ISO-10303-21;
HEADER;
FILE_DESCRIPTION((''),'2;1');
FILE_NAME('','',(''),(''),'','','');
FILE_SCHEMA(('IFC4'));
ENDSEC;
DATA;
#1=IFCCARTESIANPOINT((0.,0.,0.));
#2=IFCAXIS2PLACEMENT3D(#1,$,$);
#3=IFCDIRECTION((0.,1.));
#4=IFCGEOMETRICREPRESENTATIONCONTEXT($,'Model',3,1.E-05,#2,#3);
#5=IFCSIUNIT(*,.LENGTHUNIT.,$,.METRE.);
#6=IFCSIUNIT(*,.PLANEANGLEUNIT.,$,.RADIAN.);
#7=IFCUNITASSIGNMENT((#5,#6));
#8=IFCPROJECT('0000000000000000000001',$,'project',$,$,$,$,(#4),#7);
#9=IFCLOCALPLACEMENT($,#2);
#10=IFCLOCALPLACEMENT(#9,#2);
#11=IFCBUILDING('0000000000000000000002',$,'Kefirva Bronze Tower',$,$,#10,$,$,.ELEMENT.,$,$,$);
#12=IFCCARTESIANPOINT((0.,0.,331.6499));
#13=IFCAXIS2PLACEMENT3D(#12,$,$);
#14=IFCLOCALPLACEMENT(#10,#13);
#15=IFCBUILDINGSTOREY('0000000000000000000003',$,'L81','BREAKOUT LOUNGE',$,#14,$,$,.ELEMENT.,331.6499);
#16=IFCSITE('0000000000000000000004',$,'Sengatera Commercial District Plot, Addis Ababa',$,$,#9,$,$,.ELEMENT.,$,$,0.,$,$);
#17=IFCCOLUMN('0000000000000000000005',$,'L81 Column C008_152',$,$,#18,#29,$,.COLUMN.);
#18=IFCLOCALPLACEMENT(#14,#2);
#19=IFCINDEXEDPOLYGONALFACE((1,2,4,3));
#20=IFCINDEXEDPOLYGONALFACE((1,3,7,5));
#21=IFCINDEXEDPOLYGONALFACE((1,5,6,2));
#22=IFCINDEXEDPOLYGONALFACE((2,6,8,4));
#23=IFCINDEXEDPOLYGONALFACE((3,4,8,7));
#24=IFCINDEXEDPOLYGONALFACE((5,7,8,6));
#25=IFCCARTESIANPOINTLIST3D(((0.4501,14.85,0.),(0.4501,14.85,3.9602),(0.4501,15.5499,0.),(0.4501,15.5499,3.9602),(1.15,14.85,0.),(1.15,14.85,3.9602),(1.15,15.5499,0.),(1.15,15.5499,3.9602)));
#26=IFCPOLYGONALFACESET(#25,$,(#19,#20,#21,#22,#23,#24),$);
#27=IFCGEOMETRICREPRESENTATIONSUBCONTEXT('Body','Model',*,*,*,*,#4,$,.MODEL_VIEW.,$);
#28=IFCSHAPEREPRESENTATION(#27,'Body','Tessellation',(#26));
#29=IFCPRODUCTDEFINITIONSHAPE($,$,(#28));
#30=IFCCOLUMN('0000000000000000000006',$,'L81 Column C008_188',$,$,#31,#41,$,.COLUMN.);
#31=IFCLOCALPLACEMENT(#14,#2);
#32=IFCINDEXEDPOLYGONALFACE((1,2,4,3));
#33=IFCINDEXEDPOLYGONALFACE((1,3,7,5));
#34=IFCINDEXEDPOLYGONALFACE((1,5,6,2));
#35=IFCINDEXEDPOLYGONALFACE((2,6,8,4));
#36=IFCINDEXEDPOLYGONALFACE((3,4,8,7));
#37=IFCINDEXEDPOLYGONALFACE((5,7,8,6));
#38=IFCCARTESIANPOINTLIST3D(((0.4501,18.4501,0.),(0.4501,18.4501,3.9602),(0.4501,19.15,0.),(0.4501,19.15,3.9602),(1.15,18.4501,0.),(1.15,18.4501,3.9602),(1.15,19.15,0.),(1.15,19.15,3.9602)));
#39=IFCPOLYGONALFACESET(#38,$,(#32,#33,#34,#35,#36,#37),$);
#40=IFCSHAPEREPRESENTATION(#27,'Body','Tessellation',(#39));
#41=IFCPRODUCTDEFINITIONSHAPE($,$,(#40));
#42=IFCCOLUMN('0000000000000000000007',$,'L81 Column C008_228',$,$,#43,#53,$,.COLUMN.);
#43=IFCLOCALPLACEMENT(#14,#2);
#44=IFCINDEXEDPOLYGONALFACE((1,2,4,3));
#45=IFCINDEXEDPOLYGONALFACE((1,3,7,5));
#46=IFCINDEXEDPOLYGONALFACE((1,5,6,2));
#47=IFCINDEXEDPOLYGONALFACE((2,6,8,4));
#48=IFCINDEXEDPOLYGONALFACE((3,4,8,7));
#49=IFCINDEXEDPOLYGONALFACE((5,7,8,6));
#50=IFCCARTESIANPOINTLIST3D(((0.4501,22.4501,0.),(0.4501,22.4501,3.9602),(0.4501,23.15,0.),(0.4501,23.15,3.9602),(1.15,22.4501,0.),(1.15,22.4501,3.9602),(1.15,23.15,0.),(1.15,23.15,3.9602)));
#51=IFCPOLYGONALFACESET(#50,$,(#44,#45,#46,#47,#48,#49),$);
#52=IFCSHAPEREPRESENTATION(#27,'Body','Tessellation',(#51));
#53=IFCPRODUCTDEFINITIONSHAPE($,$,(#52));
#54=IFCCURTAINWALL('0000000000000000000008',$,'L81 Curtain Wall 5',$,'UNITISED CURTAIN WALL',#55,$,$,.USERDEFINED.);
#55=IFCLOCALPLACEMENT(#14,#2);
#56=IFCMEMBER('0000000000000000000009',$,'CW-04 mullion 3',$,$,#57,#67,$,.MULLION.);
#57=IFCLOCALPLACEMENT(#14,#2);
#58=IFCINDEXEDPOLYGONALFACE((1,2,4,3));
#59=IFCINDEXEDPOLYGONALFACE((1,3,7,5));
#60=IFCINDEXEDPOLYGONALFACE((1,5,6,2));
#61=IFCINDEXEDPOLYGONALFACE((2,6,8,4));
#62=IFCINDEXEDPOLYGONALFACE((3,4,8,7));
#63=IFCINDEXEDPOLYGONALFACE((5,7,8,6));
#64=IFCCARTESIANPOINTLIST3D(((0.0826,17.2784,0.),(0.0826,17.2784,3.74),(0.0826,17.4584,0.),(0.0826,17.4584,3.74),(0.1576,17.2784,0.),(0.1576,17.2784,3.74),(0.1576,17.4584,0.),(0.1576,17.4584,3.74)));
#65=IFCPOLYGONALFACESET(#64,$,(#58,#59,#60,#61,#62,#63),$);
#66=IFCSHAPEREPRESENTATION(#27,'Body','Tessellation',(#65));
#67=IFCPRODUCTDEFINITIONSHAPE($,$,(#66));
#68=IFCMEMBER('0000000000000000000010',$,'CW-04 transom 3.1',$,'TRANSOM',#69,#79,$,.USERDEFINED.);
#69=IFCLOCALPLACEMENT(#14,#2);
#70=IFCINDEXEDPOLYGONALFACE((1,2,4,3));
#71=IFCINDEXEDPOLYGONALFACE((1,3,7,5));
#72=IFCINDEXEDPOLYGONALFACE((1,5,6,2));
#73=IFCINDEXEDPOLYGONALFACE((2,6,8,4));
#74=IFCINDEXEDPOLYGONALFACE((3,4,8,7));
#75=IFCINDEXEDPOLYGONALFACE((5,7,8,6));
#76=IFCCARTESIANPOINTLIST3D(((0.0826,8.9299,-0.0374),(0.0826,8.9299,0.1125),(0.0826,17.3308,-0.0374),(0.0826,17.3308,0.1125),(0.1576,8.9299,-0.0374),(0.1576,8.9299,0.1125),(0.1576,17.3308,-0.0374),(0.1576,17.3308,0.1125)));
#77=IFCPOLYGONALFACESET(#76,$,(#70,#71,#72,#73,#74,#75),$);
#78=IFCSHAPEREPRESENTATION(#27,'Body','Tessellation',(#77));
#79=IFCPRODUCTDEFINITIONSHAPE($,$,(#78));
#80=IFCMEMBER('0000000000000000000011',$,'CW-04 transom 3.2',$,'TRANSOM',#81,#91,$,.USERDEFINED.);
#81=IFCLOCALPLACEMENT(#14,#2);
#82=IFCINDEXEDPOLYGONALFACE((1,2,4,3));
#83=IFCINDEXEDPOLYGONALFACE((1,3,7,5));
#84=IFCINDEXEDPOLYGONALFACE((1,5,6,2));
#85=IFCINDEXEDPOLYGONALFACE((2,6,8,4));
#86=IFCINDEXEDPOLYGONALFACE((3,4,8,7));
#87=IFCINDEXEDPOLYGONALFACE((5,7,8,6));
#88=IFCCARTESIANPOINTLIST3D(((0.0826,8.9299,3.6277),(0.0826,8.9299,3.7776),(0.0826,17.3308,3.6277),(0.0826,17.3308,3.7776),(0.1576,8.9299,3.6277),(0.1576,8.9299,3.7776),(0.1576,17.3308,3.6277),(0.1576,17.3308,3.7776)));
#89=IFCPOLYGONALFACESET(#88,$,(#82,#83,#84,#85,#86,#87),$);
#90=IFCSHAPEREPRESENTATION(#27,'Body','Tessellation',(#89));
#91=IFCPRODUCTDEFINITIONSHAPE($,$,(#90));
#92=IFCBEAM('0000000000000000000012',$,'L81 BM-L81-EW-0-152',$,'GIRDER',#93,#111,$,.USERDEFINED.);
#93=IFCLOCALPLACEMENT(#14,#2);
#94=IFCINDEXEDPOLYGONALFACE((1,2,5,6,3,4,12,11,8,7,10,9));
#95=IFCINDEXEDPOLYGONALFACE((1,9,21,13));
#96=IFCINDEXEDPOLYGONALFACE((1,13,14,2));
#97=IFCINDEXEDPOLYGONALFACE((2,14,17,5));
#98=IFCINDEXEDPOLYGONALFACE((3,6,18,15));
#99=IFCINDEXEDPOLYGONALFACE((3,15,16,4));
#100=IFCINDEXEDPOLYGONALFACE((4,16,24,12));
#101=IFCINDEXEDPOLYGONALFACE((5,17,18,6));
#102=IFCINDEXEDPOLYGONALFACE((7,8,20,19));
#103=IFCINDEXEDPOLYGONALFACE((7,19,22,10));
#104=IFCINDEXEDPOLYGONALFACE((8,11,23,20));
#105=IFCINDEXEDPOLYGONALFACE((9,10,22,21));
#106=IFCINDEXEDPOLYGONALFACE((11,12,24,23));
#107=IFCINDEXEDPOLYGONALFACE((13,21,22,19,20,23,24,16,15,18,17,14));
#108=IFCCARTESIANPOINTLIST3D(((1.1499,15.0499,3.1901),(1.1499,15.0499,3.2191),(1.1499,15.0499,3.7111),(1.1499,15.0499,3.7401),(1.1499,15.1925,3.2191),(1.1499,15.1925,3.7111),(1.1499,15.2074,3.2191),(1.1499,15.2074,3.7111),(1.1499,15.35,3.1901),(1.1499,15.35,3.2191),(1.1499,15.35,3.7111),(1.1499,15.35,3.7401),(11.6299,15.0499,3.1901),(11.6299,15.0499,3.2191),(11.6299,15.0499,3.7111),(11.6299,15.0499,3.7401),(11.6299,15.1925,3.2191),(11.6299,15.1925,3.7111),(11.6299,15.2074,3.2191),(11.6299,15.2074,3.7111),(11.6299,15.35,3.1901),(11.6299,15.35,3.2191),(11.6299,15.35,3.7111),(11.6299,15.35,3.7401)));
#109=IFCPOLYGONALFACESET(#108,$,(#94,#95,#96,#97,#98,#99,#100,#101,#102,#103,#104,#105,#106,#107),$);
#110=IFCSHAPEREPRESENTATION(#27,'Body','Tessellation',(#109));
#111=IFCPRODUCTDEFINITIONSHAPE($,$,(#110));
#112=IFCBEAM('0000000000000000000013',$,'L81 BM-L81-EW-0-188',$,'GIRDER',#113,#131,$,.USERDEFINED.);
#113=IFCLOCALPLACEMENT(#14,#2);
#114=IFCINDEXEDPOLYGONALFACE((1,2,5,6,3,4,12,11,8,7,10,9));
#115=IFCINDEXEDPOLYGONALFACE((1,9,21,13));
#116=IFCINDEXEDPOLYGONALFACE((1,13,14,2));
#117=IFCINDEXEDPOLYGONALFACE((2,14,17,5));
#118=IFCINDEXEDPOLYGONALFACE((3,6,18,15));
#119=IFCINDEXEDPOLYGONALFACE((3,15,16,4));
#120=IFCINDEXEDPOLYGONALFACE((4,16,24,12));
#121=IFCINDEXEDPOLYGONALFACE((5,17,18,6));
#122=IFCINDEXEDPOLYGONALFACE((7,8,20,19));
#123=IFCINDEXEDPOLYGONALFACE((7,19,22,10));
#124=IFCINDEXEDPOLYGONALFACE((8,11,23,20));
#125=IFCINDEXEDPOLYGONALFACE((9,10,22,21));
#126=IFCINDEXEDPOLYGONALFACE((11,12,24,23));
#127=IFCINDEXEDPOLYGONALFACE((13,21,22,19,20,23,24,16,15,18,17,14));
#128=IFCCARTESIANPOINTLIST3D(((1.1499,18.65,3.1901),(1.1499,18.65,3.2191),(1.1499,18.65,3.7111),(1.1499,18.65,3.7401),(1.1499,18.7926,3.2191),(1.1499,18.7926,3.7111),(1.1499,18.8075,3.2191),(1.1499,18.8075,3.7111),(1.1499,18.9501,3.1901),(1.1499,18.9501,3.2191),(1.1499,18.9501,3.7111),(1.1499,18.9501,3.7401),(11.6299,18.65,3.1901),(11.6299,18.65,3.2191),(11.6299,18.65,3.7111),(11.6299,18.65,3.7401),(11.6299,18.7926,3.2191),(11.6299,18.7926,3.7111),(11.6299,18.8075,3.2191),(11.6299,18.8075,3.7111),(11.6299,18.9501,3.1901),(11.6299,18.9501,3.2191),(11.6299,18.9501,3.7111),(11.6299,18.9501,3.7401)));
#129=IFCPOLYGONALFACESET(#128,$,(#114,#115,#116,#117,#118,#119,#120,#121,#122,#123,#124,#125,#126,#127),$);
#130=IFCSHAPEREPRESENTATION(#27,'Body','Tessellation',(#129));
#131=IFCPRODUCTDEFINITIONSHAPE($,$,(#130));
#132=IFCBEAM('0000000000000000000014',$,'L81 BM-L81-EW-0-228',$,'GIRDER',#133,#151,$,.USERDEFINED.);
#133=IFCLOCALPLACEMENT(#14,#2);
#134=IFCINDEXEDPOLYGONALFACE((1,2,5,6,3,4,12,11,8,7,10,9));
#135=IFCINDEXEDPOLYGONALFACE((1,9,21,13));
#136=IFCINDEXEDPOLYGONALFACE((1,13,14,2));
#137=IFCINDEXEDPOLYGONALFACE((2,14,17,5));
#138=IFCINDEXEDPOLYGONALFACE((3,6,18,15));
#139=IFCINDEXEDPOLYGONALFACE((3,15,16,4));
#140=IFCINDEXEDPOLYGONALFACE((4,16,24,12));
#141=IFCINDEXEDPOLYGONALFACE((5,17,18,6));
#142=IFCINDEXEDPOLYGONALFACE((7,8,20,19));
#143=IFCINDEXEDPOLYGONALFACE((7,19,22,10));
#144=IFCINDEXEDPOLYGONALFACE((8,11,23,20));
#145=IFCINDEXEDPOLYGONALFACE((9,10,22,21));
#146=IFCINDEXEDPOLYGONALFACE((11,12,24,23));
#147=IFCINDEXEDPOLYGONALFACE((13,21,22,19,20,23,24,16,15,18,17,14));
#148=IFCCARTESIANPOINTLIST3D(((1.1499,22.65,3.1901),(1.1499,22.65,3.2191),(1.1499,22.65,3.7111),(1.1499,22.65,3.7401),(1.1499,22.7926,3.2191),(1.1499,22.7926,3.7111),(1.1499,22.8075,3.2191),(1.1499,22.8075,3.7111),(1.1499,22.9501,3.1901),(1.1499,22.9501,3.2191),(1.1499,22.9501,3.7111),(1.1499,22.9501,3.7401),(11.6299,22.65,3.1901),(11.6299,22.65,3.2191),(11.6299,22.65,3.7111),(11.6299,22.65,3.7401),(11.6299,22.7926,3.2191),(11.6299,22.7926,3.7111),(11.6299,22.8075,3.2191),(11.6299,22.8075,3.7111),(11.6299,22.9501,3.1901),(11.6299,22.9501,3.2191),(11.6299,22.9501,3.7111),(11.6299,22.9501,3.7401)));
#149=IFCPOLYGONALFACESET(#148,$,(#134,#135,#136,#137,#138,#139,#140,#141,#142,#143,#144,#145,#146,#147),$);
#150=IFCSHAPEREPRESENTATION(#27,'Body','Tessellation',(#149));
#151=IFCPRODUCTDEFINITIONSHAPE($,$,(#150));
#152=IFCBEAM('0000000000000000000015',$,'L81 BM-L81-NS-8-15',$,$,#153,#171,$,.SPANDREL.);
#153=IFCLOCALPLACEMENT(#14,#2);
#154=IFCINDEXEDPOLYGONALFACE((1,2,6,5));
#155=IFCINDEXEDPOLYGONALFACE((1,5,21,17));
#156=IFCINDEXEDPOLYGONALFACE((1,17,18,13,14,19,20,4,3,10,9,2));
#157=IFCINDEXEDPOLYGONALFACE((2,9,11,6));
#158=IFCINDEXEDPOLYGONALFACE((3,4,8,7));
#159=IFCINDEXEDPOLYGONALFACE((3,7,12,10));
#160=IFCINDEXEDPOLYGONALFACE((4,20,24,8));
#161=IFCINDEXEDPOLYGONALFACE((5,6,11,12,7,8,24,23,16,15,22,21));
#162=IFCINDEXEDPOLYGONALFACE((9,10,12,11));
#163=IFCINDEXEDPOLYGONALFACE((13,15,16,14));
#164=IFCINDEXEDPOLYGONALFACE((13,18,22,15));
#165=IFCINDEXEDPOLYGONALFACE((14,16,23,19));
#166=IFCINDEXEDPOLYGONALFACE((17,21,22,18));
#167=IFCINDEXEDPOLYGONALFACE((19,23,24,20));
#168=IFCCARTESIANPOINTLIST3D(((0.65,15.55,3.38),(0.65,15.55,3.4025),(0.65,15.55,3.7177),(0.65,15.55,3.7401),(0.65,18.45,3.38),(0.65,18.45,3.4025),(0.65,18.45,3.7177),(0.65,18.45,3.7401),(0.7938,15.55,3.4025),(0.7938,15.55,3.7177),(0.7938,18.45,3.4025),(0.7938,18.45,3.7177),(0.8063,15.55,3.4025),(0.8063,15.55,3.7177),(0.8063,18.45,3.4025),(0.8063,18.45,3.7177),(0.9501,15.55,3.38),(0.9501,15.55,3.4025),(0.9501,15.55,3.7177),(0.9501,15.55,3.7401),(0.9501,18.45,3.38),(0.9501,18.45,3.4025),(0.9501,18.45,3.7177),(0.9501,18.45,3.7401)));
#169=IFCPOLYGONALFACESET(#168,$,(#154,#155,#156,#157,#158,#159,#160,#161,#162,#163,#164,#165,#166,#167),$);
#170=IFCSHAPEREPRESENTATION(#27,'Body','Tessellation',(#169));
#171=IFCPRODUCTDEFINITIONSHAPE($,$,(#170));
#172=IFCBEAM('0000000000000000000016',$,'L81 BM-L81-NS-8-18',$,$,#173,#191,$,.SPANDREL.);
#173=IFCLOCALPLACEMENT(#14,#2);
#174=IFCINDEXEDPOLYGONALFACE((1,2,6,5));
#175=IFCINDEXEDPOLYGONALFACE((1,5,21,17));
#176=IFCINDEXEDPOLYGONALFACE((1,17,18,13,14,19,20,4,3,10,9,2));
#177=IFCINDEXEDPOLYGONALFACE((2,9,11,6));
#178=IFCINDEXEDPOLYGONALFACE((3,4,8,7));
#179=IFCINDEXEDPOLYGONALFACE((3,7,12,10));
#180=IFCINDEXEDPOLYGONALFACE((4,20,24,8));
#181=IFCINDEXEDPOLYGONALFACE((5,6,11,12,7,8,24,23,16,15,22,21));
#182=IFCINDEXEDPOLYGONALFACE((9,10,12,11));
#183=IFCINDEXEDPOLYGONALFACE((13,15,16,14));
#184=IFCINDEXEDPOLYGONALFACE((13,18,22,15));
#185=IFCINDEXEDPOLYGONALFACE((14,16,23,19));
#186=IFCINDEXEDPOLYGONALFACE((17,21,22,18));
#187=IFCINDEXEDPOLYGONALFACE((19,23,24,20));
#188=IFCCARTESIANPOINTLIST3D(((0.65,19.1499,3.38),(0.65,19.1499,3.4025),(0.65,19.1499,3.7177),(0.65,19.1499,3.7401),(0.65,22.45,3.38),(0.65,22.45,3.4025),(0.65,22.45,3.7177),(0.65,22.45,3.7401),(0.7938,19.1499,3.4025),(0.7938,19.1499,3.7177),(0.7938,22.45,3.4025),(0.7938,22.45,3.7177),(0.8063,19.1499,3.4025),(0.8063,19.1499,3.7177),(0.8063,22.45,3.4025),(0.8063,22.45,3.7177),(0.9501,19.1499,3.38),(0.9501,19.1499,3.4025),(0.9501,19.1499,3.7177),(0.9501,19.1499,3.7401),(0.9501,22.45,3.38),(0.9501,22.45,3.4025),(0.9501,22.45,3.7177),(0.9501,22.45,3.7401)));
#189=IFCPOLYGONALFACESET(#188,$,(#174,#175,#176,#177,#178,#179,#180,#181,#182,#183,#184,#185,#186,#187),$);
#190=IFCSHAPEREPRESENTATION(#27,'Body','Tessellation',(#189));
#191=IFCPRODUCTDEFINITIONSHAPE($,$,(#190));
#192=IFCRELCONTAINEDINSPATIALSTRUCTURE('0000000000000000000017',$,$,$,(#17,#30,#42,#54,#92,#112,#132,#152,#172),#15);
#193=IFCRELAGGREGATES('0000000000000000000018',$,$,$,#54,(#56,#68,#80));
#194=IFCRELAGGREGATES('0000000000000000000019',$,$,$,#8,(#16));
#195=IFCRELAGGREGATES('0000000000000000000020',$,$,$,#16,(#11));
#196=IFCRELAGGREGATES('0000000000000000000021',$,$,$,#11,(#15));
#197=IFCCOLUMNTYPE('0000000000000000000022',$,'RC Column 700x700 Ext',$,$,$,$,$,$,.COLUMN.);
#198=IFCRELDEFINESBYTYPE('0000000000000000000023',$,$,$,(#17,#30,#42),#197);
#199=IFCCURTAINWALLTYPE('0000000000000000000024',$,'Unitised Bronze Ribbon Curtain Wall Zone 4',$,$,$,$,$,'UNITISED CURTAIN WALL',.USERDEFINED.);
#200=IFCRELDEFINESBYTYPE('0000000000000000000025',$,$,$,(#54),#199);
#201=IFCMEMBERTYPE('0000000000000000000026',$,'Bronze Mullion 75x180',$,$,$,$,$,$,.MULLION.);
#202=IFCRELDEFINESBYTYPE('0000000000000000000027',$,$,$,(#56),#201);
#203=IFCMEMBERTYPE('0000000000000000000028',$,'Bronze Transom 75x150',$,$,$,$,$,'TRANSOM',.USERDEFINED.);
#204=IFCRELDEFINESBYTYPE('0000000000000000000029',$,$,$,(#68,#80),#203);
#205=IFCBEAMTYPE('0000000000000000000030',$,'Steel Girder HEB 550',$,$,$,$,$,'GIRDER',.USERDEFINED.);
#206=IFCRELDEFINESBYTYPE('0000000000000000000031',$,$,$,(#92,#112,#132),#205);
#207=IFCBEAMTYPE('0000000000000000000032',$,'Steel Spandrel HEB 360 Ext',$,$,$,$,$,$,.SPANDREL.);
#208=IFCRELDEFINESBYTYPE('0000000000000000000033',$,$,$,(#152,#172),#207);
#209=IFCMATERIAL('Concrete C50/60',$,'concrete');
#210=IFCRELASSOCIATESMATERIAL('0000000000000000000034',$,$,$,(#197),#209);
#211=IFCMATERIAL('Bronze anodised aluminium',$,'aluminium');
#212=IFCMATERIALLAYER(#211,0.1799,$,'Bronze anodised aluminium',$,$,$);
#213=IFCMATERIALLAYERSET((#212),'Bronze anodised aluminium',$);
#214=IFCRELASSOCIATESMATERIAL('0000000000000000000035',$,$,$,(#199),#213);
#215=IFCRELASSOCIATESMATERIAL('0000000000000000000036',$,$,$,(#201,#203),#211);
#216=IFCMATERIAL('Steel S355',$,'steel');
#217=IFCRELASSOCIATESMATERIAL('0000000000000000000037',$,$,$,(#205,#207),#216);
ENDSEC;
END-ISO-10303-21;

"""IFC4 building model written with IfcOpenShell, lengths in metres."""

from ifc_helpers import new_model, si_unit, direction, frame, origin, origin_2d, place, context, subcontext, project, spatial, rectangle, i_section, extrude, material, layer, layer_set, material_profile, profile_set, type_object, element, aggregate, save


model = new_model("IFC4")

# Units and contexts
model_context = context("Model", 3, precision=1e-05, world=origin(), true_north=direction((0.0, 1.0)))
body_context = subcontext(model_context, "Body", "Model", "MODEL_VIEW")
ifc_project = project(units=[si_unit("LENGTHUNIT", "METRE"), si_unit("PLANEANGLEUNIT", "RADIAN")], contexts=[model_context])

# Site, building, storey
site_placement = place(None, origin())
site = spatial("IfcSite", under=ifc_project, at=site_placement, Name="Sengatera Commercial District Plot, Addis Ababa", CompositionType="ELEMENT", RefElevation=0.0)
building_placement = place(site_placement, origin())
building = spatial("IfcBuilding", under=site, at=building_placement, Name="Kefirva Bronze Tower", CompositionType="ELEMENT")
storey_placement = place(building_placement, frame((0.0, 0.0, 331.6499)))
storey = spatial("IfcBuildingStorey", under=building, at=storey_placement, Name="L81", Description="BREAKOUT LOUNGE", CompositionType="ELEMENT", Elevation=331.6499)

# Columns
ifc_material_1 = material(Name="Concrete C50/60", Category="concrete")
ifc_material_profile_1 = material_profile(ifc_material_1, rectangle(XDim=0.7, YDim=0.7, at=origin_2d()), Name="RC 700x700")
ifc_profile_set_1 = profile_set([ifc_material_profile_1], Name="Concrete C50/60")
column_type = type_object("IfcColumnType", Name="RC Column 700x700 Ext", PredefinedType="COLUMN", material=ifc_profile_set_1)
for number, where, z_axis, x_axis, name in (
    (1, (0.8, 15.2, 0.0), (0.0, 0.0, 1.0), (1.0, 0.0, 0.0), "L81 Column C008_152"),
    (2, (0.8, 18.8, 0.0), (0.0, 0.0, 1.0), (1.0, 0.0, 0.0), "L81 Column C008_188"),
    (3, (0.8, 22.8, 0.0), (0.0, 0.0, 1.0), (1.0, 0.0, 0.0), "L81 Column C008_228"),
):
    element("IfcColumn", number, at=place(storey_placement, frame(where, z_axis=z_axis, x_axis=x_axis)), inside=storey, type_object=column_type, Name=name, PredefinedType="COLUMN", context=body_context, shape_type="SweptSolid", body=[
        extrude(rectangle(XDim=0.7, YDim=0.7, at=origin_2d()), origin(), (0.0, 0.0, 1.0), 3.9602),
    ])

# Curtain wall, members
ifc_material_2 = material(Name="Bronze anodised aluminium", Category="aluminium")
ifc_layer_1 = layer(ifc_material_2, 0.1799, Name="Bronze anodised aluminium")
ifc_layer_set_1 = layer_set([ifc_layer_1], Name="Bronze anodised aluminium")
curtain_wall_type = type_object("IfcCurtainWallType", Name="Unitised Bronze Ribbon Curtain Wall Zone 4", ElementType="UNITISED CURTAIN WALL", PredefinedType="USERDEFINED", material=ifc_layer_set_1)
curtain_wall_placement = place(storey_placement, origin())
curtain_wall = element("IfcCurtainWall", 4, at=curtain_wall_placement, inside=storey, type_object=curtain_wall_type, Name="L81 Curtain Wall 5", ObjectType="UNITISED CURTAIN WALL", PredefinedType="USERDEFINED")
ifc_material_profile_2 = material_profile(ifc_material_2, rectangle(XDim=0.075, YDim=0.1799, at=origin_2d()), Name="ALU 75x180")
ifc_profile_set_2 = profile_set([ifc_material_profile_2], Name="Bronze anodised aluminium")
member_type_1 = type_object("IfcMemberType", Name="Bronze Mullion 75x180", PredefinedType="MULLION", material=ifc_profile_set_2)
member_1_placement = place(storey_placement, frame((0.1201, 17.3684, 0.0), z_axis=(0.0, 0.0, 1.0), x_axis=(1.0, 0.0, 0.0)))
member_1 = element("IfcMember", 5, at=member_1_placement, type_object=member_type_1, Name="CW-04 mullion 3", PredefinedType="MULLION", context=body_context, shape_type="SweptSolid", body=[
    extrude(rectangle(XDim=0.075, YDim=0.1799, at=origin_2d()), origin(), (0.0, 0.0, 1.0), 3.74),
])
ifc_material_profile_3 = material_profile(ifc_material_2, rectangle(XDim=0.075, YDim=0.1499, at=origin_2d()), Name="ALU 75x150")
ifc_profile_set_3 = profile_set([ifc_material_profile_3], Name="Bronze anodised aluminium")
member_type_2 = type_object("IfcMemberType", Name="Bronze Transom 75x150", ElementType="TRANSOM", PredefinedType="USERDEFINED", material=ifc_profile_set_3)
member_2_placement = place(storey_placement, frame((0.1201, 17.3308, 0.0376), z_axis=(0.0, -1.0, 0.0), x_axis=(1.0, 0.0, 0.0)))
member_2 = element("IfcMember", 6, at=member_2_placement, type_object=member_type_2, Name="CW-04 transom 3.1", ObjectType="TRANSOM", PredefinedType="USERDEFINED", context=body_context, shape_type="SweptSolid", body=[
    extrude(rectangle(XDim=0.075, YDim=0.1499, at=origin_2d()), origin(), (0.0, 0.0, 1.0), 8.4009),
])
member_3_placement = place(storey_placement, frame((0.1201, 17.3308, 3.7026), z_axis=(0.0, -1.0, 0.0), x_axis=(1.0, 0.0, 0.0)))
member_3 = element("IfcMember", 7, at=member_3_placement, type_object=member_type_2, Name="CW-04 transom 3.2", ObjectType="TRANSOM", PredefinedType="USERDEFINED", context=body_context, shape_type="SweptSolid", body=[
    extrude(rectangle(XDim=0.075, YDim=0.1499, at=origin_2d()), origin(), (0.0, 0.0, 1.0), 8.4009),
])

# Beams
ifc_material_3 = material(Name="Steel S355", Category="steel")
ifc_material_profile_4 = material_profile(ifc_material_3, i_section(OverallWidth=0.3, OverallDepth=0.55, WebThickness=0.0149, FlangeThickness=0.0291, at=origin_2d()), Name="HEB 550")
ifc_profile_set_4 = profile_set([ifc_material_profile_4], Name="Steel S355")
beam_type_1 = type_object("IfcBeamType", Name="Steel Girder HEB 550", ElementType="GIRDER", PredefinedType="USERDEFINED", material=ifc_profile_set_4)
for number, where, z_axis, x_axis, name in (
    (8, (1.1499, 15.2, 3.4651), (1.0, 0.0, 0.0), (0.0, 1.0, 0.0), "L81 BM-L81-EW-0-152"),
    (9, (1.1499, 18.8, 3.4651), (1.0, 0.0, 0.0), (0.0, 1.0, 0.0), "L81 BM-L81-EW-0-188"),
    (10, (1.1499, 22.8, 3.4651), (1.0, 0.0, 0.0), (0.0, 1.0, 0.0), "L81 BM-L81-EW-0-228"),
):
    element("IfcBeam", number, at=place(storey_placement, frame(where, z_axis=z_axis, x_axis=x_axis)), inside=storey, type_object=beam_type_1, Name=name, ObjectType="GIRDER", PredefinedType="USERDEFINED", context=body_context, shape_type="SweptSolid", body=[
        extrude(i_section(OverallWidth=0.3, OverallDepth=0.55, WebThickness=0.0149, FlangeThickness=0.0291, at=origin_2d()), origin(), (0.0, 0.0, 1.0), 10.48),
    ])
ifc_material_profile_5 = material_profile(ifc_material_3, i_section(OverallWidth=0.3, OverallDepth=0.3601, WebThickness=0.0125, FlangeThickness=0.0225, at=origin_2d()), Name="HEB 360")
ifc_profile_set_5 = profile_set([ifc_material_profile_5], Name="Steel S355")
beam_type_2 = type_object("IfcBeamType", Name="Steel Spandrel HEB 360 Ext", PredefinedType="SPANDREL", material=ifc_profile_set_5)
beam_1_placement = place(storey_placement, frame((0.8, 15.55, 3.5601), z_axis=(0.0, 1.0, 0.0), x_axis=(-1.0, 0.0, 0.0)))
element("IfcBeam", 11, at=beam_1_placement, inside=storey, type_object=beam_type_2, Name="L81 BM-L81-NS-8-15", PredefinedType="SPANDREL", context=body_context, shape_type="SweptSolid", body=[
    extrude(i_section(OverallWidth=0.3, OverallDepth=0.3601, WebThickness=0.0125, FlangeThickness=0.0225, at=origin_2d()), origin(), (0.0, 0.0, 1.0), 2.8999),
])
beam_2_placement = place(storey_placement, frame((0.8, 19.1499, 3.5601), z_axis=(0.0, 1.0, 0.0), x_axis=(-1.0, 0.0, 0.0)))
element("IfcBeam", 12, at=beam_2_placement, inside=storey, type_object=beam_type_2, Name="L81 BM-L81-NS-8-18", PredefinedType="SPANDREL", context=body_context, shape_type="SweptSolid", body=[
    extrude(i_section(OverallWidth=0.3, OverallDepth=0.3601, WebThickness=0.0125, FlangeThickness=0.0225, at=origin_2d()), origin(), (0.0, 0.0, 1.0), 3.3),
])

aggregate(curtain_wall, [member_1, member_2, member_3])

save(model, "model.ifc")
